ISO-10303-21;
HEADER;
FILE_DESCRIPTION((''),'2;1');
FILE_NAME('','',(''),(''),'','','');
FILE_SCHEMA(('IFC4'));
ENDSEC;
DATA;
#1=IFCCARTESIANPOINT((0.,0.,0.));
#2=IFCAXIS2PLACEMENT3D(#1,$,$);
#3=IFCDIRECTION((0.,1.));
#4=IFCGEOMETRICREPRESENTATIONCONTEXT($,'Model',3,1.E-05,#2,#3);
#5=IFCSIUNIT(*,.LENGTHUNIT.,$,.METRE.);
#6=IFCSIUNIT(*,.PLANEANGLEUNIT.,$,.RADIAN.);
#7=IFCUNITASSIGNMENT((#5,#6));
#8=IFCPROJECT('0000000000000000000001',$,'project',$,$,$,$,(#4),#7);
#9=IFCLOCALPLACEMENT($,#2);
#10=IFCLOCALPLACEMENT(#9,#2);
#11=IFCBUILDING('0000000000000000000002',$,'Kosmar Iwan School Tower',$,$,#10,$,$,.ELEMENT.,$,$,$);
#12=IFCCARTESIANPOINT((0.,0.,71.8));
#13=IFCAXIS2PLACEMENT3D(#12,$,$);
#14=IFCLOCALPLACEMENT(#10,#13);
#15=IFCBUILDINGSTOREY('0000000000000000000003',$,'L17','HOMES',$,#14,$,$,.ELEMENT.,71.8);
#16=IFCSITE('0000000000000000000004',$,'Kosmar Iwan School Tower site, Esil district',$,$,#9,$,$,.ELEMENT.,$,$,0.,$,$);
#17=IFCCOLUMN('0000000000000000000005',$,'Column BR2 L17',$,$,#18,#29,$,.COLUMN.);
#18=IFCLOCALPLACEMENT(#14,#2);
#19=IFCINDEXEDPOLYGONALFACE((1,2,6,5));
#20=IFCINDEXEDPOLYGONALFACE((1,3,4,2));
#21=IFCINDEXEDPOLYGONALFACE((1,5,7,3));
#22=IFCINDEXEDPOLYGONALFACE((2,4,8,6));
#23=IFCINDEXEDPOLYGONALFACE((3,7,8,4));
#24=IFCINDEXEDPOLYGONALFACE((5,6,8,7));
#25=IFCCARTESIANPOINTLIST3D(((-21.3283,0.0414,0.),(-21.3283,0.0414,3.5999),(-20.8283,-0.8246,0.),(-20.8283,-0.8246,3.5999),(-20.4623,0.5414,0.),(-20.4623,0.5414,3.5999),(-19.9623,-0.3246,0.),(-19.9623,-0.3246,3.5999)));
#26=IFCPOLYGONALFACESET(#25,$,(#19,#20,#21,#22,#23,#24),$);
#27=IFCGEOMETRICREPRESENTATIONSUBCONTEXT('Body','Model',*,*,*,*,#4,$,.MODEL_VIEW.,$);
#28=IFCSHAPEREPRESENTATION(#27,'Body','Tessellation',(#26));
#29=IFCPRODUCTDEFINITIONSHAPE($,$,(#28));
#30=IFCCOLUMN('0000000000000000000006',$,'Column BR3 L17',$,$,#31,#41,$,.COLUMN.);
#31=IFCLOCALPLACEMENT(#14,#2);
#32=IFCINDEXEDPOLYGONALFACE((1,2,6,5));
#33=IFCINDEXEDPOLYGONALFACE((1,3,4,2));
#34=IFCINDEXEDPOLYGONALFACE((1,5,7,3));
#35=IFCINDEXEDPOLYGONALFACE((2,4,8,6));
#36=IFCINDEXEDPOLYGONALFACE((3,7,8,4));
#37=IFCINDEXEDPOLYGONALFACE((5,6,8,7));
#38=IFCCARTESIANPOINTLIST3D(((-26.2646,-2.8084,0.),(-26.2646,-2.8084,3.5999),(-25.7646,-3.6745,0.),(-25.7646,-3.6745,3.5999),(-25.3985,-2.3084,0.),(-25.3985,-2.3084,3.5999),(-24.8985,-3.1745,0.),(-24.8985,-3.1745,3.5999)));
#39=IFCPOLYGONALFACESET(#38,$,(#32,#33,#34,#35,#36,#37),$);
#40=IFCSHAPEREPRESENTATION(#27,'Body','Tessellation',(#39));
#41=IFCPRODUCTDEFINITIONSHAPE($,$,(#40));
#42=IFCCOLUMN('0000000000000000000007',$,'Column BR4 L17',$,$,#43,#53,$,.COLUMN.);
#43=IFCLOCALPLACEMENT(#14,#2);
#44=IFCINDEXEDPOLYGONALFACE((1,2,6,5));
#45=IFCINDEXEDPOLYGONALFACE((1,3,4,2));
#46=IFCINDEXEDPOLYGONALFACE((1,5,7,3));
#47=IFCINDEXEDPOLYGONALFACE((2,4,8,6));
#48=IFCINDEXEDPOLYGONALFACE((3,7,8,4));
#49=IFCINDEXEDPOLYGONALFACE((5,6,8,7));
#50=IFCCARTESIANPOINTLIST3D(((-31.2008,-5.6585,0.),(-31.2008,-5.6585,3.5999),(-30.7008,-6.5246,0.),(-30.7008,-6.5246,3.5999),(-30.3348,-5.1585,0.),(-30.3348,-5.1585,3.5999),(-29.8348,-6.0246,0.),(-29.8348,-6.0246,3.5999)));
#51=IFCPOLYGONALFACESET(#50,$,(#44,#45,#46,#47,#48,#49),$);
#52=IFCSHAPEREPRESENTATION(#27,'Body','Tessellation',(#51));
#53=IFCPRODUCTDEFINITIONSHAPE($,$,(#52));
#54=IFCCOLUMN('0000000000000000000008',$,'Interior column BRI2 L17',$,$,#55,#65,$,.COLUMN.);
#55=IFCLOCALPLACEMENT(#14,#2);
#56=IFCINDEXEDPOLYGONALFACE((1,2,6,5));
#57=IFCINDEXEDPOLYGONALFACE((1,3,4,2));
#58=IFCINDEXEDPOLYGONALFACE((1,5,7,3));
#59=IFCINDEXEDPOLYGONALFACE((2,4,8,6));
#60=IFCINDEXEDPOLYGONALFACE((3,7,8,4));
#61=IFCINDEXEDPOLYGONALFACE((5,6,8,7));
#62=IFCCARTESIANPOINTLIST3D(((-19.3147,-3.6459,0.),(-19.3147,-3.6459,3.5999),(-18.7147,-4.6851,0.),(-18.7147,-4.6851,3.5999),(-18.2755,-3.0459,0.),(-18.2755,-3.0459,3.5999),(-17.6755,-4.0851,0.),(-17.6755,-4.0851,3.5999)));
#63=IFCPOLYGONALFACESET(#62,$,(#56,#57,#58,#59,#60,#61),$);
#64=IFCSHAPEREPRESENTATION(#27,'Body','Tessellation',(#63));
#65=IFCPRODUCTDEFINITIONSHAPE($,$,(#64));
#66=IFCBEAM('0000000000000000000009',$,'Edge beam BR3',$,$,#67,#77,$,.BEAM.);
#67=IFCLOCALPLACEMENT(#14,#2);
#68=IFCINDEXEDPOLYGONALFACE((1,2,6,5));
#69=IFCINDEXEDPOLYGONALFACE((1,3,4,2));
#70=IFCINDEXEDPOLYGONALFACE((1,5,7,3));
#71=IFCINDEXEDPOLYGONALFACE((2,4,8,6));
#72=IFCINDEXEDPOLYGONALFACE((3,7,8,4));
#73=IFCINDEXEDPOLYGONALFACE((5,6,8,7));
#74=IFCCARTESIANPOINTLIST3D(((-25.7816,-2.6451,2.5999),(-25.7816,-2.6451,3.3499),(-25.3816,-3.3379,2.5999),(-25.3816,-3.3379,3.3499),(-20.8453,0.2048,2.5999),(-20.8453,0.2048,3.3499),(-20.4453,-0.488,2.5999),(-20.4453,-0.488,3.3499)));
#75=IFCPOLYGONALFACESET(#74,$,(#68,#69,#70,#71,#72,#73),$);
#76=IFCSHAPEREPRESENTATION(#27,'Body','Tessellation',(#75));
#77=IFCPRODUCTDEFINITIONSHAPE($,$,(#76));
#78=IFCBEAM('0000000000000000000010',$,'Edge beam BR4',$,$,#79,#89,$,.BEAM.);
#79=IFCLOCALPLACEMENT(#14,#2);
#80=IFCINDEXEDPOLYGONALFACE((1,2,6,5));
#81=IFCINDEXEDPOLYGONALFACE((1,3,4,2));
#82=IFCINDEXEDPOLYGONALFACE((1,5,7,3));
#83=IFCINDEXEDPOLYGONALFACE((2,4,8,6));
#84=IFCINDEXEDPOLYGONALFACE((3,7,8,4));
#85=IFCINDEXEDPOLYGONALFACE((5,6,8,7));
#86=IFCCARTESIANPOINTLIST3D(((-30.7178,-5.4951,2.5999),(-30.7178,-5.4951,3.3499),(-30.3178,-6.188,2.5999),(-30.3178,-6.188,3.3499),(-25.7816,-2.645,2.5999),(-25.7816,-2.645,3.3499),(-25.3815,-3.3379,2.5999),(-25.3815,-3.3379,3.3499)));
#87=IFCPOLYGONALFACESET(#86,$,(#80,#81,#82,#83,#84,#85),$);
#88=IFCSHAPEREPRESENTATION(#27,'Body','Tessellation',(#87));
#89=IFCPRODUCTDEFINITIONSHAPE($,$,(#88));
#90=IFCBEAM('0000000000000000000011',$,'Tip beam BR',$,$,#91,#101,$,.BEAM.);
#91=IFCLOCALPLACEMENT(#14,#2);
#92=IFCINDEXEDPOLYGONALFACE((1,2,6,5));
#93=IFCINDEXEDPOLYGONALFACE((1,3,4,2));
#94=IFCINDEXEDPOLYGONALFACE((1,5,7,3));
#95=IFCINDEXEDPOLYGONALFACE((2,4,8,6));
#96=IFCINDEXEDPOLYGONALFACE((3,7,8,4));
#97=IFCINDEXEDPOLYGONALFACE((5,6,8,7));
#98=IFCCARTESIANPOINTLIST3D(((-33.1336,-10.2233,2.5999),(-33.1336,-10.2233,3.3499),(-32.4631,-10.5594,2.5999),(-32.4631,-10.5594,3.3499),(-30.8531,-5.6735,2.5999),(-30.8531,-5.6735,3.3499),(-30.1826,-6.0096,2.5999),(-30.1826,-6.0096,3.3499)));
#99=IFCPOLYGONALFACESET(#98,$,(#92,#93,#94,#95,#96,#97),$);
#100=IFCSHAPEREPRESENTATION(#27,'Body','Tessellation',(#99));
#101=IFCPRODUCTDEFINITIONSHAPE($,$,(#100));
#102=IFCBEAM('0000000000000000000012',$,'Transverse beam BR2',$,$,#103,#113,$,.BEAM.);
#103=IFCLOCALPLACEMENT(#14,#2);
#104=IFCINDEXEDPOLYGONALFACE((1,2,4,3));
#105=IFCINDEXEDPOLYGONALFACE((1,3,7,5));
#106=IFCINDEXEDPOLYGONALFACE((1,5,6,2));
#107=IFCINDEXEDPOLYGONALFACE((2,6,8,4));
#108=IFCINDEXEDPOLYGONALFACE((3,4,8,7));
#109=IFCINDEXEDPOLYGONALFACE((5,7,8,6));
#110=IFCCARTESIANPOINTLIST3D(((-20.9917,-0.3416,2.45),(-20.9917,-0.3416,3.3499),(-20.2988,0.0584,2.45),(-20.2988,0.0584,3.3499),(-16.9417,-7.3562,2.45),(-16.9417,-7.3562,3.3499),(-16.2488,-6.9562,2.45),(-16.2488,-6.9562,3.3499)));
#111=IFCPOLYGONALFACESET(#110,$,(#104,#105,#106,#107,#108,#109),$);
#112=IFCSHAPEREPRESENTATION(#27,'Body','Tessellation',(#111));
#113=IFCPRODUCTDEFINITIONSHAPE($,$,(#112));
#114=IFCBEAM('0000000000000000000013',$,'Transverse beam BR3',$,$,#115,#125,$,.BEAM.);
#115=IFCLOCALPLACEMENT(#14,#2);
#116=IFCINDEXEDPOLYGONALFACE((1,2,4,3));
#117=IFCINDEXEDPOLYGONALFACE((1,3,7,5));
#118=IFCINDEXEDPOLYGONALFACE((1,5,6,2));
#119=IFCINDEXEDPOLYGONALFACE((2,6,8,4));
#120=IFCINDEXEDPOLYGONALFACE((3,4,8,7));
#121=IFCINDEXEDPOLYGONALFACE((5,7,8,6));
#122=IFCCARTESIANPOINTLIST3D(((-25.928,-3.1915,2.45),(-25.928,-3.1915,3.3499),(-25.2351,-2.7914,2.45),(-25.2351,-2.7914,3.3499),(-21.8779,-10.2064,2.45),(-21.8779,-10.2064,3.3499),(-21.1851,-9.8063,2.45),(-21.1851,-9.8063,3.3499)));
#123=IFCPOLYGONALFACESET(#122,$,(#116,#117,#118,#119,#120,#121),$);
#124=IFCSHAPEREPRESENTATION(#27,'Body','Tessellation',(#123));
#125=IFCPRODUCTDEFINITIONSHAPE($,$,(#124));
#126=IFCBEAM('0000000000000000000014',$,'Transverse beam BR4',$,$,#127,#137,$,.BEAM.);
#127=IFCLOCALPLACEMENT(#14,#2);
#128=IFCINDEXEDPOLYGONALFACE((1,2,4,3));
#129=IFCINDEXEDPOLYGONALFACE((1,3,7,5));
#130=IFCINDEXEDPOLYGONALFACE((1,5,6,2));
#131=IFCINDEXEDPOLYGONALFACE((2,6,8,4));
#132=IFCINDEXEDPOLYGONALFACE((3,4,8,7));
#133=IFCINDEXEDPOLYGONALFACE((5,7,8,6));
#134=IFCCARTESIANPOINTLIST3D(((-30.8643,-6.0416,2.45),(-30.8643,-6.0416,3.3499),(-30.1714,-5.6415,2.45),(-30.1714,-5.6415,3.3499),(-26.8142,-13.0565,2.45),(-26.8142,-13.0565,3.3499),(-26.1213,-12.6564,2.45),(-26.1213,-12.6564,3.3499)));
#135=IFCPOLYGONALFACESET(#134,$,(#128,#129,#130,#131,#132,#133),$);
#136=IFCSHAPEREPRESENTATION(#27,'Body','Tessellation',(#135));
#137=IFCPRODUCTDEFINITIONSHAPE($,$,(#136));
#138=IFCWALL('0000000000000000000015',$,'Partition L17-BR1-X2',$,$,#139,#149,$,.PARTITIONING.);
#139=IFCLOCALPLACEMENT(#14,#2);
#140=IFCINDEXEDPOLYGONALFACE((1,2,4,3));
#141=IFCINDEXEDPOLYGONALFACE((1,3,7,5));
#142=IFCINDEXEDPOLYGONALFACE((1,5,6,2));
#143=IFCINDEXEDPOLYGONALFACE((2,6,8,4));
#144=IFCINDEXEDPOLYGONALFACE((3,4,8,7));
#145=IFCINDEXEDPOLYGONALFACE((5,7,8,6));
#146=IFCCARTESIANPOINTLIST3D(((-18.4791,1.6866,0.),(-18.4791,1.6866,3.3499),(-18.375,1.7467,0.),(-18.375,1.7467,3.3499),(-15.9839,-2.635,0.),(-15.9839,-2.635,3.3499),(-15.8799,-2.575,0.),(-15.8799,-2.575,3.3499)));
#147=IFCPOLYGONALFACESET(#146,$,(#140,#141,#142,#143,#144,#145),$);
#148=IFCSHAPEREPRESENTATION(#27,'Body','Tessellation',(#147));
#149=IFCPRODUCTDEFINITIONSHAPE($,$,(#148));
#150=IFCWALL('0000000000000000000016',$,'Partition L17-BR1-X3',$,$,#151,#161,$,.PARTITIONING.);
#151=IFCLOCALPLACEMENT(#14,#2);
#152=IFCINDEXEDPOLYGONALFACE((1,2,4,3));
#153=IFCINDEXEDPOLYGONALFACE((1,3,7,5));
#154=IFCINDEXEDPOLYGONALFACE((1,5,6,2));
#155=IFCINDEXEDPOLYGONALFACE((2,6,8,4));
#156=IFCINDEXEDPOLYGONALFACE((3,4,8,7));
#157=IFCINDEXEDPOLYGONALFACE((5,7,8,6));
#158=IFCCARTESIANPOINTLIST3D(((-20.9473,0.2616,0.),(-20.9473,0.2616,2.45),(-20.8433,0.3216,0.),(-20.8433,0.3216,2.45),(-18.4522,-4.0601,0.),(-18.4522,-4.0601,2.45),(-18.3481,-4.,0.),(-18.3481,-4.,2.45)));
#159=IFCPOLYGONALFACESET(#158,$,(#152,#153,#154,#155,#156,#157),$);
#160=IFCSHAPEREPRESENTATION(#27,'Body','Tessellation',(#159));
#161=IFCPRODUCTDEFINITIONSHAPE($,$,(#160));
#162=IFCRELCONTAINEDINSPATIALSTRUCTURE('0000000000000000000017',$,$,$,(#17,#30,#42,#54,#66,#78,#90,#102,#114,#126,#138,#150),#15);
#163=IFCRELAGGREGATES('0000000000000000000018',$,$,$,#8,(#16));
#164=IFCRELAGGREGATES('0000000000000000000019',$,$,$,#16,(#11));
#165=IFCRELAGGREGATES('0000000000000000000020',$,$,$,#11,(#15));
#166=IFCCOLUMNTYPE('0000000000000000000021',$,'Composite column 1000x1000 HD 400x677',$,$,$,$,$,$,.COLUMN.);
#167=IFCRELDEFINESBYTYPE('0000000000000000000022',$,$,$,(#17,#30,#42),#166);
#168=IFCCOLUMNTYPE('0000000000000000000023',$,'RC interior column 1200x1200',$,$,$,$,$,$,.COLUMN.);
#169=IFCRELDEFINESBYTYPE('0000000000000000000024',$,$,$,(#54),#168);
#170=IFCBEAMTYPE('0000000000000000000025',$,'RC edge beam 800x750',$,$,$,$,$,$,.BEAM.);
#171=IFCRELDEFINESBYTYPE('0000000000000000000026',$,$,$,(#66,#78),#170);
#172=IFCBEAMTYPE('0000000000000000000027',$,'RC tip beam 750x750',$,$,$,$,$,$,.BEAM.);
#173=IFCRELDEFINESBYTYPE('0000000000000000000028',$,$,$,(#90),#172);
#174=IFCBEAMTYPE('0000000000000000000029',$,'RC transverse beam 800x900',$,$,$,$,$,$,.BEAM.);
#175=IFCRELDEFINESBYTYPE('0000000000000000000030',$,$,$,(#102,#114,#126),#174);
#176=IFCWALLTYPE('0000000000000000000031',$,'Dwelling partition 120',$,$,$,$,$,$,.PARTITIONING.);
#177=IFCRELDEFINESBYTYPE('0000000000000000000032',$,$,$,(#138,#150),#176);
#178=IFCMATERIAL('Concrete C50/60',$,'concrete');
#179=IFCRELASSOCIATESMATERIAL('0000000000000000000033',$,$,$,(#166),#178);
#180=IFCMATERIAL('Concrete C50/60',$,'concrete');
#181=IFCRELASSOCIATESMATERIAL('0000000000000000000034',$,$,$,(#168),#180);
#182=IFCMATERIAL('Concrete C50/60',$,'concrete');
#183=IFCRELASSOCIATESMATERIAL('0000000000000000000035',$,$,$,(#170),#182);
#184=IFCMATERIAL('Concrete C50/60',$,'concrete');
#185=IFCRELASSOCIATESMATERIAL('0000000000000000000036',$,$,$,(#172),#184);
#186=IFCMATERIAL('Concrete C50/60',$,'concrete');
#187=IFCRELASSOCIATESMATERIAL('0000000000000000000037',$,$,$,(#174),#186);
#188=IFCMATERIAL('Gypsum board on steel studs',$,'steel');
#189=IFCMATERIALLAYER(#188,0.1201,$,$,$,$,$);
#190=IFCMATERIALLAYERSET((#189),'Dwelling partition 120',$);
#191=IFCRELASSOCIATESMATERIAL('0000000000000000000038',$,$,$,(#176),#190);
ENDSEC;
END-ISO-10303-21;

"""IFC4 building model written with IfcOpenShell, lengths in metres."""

from ifc_helpers import new_model, si_unit, direction, frame, frame_2d, origin, origin_2d, place, context, subcontext, project, spatial, rectangle, extrude, material, layer, layer_set, material_profile, profile_set, type_object, element, save


model = new_model("IFC4")

# Units and contexts
model_context = context("Model", 3, precision=1e-05, world=origin(), true_north=direction((0.0, 1.0)))
body_context = subcontext(model_context, "Body", "Model", "MODEL_VIEW")
ifc_project = project(units=[si_unit("LENGTHUNIT", "METRE"), si_unit("PLANEANGLEUNIT", "RADIAN")], contexts=[model_context])

# Site, building, storey
site_placement = place(None, origin())
site = spatial("IfcSite", under=ifc_project, at=site_placement, Name="Kosmar Iwan School Tower site, Esil district", CompositionType="ELEMENT", RefElevation=0.0)
building_placement = place(site_placement, origin())
building = spatial("IfcBuilding", under=site, at=building_placement, Name="Kosmar Iwan School Tower", CompositionType="ELEMENT")
storey_placement = place(building_placement, frame((0.0, 0.0, 71.8)))
storey = spatial("IfcBuildingStorey", under=building, at=storey_placement, Name="L17", Description="HOMES", CompositionType="ELEMENT", Elevation=71.8)

# Columns
ifc_material_1 = material(Name="Concrete C50/60", Category="concrete")
ifc_material_profile_1 = material_profile(ifc_material_1, rectangle(XDim=1.0, YDim=1.0, at=origin_2d()), Name="RC 1000x1000 + HD 400x677")
ifc_profile_set_1 = profile_set([ifc_material_profile_1], Name="Concrete C50/60")
column_type_1 = type_object("IfcColumnType", Name="Composite column 1000x1000 HD 400x677", PredefinedType="COLUMN", material=ifc_profile_set_1)
for number, where, z_axis, x_axis, name in (
    (1, (-20.6453, -0.1416, 0.0), (0.0, 0.0, 1.0), (-0.866025, -0.5, 0.0), "Column BR2 L17"),
    (2, (-25.5815, -2.9915, 0.0), (0.0, 0.0, 1.0), (-0.866025, -0.5, 0.0), "Column BR3 L17"),
    (3, (-30.5178, -5.8416, 0.0), (0.0, 0.0, 1.0), (-0.866025, -0.5, 0.0), "Column BR4 L17"),
):
    element("IfcColumn", number, at=place(storey_placement, frame(where, z_axis=z_axis, x_axis=x_axis)), inside=storey, type_object=column_type_1, Name=name, PredefinedType="COLUMN", context=body_context, shape_type="SweptSolid", body=[
        extrude(rectangle(XDim=1.0, YDim=1.0, at=origin_2d()), origin(), (0.0, 0.0, 1.0), 3.5999),
    ])
ifc_material_2 = material(Name="Concrete C50/60", Category="concrete")
ifc_material_profile_2 = material_profile(ifc_material_2, rectangle(XDim=1.2, YDim=1.2, at=origin_2d()), Name="RC 1200x1200")
ifc_profile_set_2 = profile_set([ifc_material_profile_2], Name="Concrete C50/60")
column_type_2 = type_object("IfcColumnType", Name="RC interior column 1200x1200", PredefinedType="COLUMN", material=ifc_profile_set_2)
column_placement = place(storey_placement, frame((-18.4951, -3.8655, 0.0), z_axis=(0.0, 0.0, 1.0), x_axis=(-0.866025, -0.5, 0.0)))
element("IfcColumn", 4, at=column_placement, inside=storey, type_object=column_type_2, Name="Interior column BRI2 L17", PredefinedType="COLUMN", context=body_context, shape_type="SweptSolid", body=[
    extrude(rectangle(XDim=1.2, YDim=1.2, at=origin_2d()), origin(), (0.0, 0.0, 1.0), 3.5999),
])

# Beams
ifc_material_3 = material(Name="Concrete C50/60", Category="concrete")
ifc_material_profile_3 = material_profile(ifc_material_3, rectangle(XDim=0.8, YDim=0.75, at=origin_2d()), Name="RC 800x750")
ifc_profile_set_3 = profile_set([ifc_material_profile_3], Name="Concrete C50/60")
beam_type_1 = type_object("IfcBeamType", Name="RC edge beam 800x750", PredefinedType="BEAM", material=ifc_profile_set_3)
for number, where, z_axis, x_axis, name in (
    (5, (-20.6453, -0.1416, 2.9749), (-0.866034, -0.499986, 0.0), (0.499986, -0.866034, 0.0), "Edge beam BR3"),
    (6, (-25.5815, -2.9915, 2.9749), (-0.866015, -0.500018, 0.0), (0.500018, -0.866015, 0.0), "Edge beam BR4"),
):
    element("IfcBeam", number, at=place(storey_placement, frame(where, z_axis=z_axis, x_axis=x_axis)), inside=storey, type_object=beam_type_1, Name=name, PredefinedType="BEAM", context=body_context, shape_type="SweptSolid", body=[
        extrude(rectangle(XDim=0.8, YDim=0.75, at=origin_2d()), origin(), (0.0, 0.0, 1.0), 5.7),
    ])
ifc_material_4 = material(Name="Concrete C50/60", Category="concrete")
ifc_material_profile_4 = material_profile(ifc_material_4, rectangle(XDim=0.75, YDim=0.75, at=origin_2d()), Name="RC 750x750")
ifc_profile_set_4 = profile_set([ifc_material_profile_4], Name="Concrete C50/60")
beam_type_2 = type_object("IfcBeamType", Name="RC tip beam 750x750", PredefinedType="BEAM", material=ifc_profile_set_4)
beam_1_placement = place(storey_placement, frame((-30.5178, -5.8416, 2.9749), z_axis=(-0.448096, -0.893985, 0.0), x_axis=(0.893985, -0.448096, 0.0)))
element("IfcBeam", 7, at=beam_1_placement, inside=storey, type_object=beam_type_2, Name="Tip beam BR", PredefinedType="BEAM", context=body_context, shape_type="SweptSolid", body=[
    extrude(rectangle(XDim=0.75, YDim=0.75, at=origin_2d()), origin(), (0.0, 0.0, 1.0), 5.0894),
])
ifc_material_5 = material(Name="Concrete C50/60", Category="concrete")
ifc_material_profile_5 = material_profile(ifc_material_5, rectangle(XDim=0.8, YDim=0.8999, at=origin_2d()), Name="RC 800x900")
ifc_profile_set_5 = profile_set([ifc_material_profile_5], Name="Concrete C50/60")
beam_type_3 = type_object("IfcBeamType", Name="RC transverse beam 800x900", PredefinedType="BEAM", material=ifc_profile_set_5)
beam_2_placement = place(storey_placement, frame((-20.6453, -0.1416, 2.8999), z_axis=(0.500013, -0.866018, 0.0), x_axis=(0.866018, 0.500013, 0.0)))
element("IfcBeam", 8, at=beam_2_placement, inside=storey, type_object=beam_type_3, Name="Transverse beam BR2", PredefinedType="BEAM", context=body_context, shape_type="SweptSolid", body=[
    extrude(rectangle(XDim=0.8, YDim=0.8999, at=origin_2d()), origin(), (0.0, 0.0, 1.0), 8.0999),
])
for number, where, z_axis, x_axis, name in (
    (9, (-25.5815, -2.9915, 2.8999), (0.5, -0.866025, 0.0), (0.866025, 0.5, 0.0), "Transverse beam BR3"),
    (10, (-30.5178, -5.8416, 2.8999), (0.5, -0.866025, 0.0), (0.866025, 0.5, 0.0), "Transverse beam BR4"),
):
    element("IfcBeam", number, at=place(storey_placement, frame(where, z_axis=z_axis, x_axis=x_axis)), inside=storey, type_object=beam_type_3, Name=name, PredefinedType="BEAM", context=body_context, shape_type="SweptSolid", body=[
        extrude(rectangle(XDim=0.8, YDim=0.8999, at=origin_2d()), origin(), (0.0, 0.0, 1.0), 8.1001),
    ])

# Walls
ifc_material_6 = material(Name="Gypsum board on steel studs", Category="steel")
ifc_layer = layer(ifc_material_6, 0.1201)
ifc_layer_set = layer_set([ifc_layer], Name="Dwelling partition 120")
wall_type = type_object("IfcWallType", Name="Dwelling partition 120", PredefinedType="PARTITIONING", material=ifc_layer_set)
wall_1_placement = place(storey_placement, frame((-15.9319, -2.605, 0.0), z_axis=(0.0, 0.0, 1.0), x_axis=(-0.500012, 0.866019, 0.0)))
element("IfcWall", 11, at=wall_1_placement, inside=storey, type_object=wall_type, Name="Partition L17-BR1-X2", PredefinedType="PARTITIONING", context=body_context, shape_type="SweptSolid", body=[
    extrude(rectangle(XDim=4.9902, YDim=0.1201, at=frame_2d((2.4951, 0.0))), origin(), (0.0, 0.0, 1.0), 3.3499),
])
wall_2_placement = place(storey_placement, frame((-18.4001, -4.03, 0.0), z_axis=(0.0, 0.0, 1.0), x_axis=(-0.500012, 0.866019, 0.0)))
element("IfcWall", 12, at=wall_2_placement, inside=storey, type_object=wall_type, Name="Partition L17-BR1-X3", PredefinedType="PARTITIONING", context=body_context, shape_type="SweptSolid", body=[
    extrude(rectangle(XDim=4.9902, YDim=0.1201, at=frame_2d((2.4951, 0.0))), origin(), (0.0, 0.0, 1.0), 2.45),
])

save(model, "model.ifc")
